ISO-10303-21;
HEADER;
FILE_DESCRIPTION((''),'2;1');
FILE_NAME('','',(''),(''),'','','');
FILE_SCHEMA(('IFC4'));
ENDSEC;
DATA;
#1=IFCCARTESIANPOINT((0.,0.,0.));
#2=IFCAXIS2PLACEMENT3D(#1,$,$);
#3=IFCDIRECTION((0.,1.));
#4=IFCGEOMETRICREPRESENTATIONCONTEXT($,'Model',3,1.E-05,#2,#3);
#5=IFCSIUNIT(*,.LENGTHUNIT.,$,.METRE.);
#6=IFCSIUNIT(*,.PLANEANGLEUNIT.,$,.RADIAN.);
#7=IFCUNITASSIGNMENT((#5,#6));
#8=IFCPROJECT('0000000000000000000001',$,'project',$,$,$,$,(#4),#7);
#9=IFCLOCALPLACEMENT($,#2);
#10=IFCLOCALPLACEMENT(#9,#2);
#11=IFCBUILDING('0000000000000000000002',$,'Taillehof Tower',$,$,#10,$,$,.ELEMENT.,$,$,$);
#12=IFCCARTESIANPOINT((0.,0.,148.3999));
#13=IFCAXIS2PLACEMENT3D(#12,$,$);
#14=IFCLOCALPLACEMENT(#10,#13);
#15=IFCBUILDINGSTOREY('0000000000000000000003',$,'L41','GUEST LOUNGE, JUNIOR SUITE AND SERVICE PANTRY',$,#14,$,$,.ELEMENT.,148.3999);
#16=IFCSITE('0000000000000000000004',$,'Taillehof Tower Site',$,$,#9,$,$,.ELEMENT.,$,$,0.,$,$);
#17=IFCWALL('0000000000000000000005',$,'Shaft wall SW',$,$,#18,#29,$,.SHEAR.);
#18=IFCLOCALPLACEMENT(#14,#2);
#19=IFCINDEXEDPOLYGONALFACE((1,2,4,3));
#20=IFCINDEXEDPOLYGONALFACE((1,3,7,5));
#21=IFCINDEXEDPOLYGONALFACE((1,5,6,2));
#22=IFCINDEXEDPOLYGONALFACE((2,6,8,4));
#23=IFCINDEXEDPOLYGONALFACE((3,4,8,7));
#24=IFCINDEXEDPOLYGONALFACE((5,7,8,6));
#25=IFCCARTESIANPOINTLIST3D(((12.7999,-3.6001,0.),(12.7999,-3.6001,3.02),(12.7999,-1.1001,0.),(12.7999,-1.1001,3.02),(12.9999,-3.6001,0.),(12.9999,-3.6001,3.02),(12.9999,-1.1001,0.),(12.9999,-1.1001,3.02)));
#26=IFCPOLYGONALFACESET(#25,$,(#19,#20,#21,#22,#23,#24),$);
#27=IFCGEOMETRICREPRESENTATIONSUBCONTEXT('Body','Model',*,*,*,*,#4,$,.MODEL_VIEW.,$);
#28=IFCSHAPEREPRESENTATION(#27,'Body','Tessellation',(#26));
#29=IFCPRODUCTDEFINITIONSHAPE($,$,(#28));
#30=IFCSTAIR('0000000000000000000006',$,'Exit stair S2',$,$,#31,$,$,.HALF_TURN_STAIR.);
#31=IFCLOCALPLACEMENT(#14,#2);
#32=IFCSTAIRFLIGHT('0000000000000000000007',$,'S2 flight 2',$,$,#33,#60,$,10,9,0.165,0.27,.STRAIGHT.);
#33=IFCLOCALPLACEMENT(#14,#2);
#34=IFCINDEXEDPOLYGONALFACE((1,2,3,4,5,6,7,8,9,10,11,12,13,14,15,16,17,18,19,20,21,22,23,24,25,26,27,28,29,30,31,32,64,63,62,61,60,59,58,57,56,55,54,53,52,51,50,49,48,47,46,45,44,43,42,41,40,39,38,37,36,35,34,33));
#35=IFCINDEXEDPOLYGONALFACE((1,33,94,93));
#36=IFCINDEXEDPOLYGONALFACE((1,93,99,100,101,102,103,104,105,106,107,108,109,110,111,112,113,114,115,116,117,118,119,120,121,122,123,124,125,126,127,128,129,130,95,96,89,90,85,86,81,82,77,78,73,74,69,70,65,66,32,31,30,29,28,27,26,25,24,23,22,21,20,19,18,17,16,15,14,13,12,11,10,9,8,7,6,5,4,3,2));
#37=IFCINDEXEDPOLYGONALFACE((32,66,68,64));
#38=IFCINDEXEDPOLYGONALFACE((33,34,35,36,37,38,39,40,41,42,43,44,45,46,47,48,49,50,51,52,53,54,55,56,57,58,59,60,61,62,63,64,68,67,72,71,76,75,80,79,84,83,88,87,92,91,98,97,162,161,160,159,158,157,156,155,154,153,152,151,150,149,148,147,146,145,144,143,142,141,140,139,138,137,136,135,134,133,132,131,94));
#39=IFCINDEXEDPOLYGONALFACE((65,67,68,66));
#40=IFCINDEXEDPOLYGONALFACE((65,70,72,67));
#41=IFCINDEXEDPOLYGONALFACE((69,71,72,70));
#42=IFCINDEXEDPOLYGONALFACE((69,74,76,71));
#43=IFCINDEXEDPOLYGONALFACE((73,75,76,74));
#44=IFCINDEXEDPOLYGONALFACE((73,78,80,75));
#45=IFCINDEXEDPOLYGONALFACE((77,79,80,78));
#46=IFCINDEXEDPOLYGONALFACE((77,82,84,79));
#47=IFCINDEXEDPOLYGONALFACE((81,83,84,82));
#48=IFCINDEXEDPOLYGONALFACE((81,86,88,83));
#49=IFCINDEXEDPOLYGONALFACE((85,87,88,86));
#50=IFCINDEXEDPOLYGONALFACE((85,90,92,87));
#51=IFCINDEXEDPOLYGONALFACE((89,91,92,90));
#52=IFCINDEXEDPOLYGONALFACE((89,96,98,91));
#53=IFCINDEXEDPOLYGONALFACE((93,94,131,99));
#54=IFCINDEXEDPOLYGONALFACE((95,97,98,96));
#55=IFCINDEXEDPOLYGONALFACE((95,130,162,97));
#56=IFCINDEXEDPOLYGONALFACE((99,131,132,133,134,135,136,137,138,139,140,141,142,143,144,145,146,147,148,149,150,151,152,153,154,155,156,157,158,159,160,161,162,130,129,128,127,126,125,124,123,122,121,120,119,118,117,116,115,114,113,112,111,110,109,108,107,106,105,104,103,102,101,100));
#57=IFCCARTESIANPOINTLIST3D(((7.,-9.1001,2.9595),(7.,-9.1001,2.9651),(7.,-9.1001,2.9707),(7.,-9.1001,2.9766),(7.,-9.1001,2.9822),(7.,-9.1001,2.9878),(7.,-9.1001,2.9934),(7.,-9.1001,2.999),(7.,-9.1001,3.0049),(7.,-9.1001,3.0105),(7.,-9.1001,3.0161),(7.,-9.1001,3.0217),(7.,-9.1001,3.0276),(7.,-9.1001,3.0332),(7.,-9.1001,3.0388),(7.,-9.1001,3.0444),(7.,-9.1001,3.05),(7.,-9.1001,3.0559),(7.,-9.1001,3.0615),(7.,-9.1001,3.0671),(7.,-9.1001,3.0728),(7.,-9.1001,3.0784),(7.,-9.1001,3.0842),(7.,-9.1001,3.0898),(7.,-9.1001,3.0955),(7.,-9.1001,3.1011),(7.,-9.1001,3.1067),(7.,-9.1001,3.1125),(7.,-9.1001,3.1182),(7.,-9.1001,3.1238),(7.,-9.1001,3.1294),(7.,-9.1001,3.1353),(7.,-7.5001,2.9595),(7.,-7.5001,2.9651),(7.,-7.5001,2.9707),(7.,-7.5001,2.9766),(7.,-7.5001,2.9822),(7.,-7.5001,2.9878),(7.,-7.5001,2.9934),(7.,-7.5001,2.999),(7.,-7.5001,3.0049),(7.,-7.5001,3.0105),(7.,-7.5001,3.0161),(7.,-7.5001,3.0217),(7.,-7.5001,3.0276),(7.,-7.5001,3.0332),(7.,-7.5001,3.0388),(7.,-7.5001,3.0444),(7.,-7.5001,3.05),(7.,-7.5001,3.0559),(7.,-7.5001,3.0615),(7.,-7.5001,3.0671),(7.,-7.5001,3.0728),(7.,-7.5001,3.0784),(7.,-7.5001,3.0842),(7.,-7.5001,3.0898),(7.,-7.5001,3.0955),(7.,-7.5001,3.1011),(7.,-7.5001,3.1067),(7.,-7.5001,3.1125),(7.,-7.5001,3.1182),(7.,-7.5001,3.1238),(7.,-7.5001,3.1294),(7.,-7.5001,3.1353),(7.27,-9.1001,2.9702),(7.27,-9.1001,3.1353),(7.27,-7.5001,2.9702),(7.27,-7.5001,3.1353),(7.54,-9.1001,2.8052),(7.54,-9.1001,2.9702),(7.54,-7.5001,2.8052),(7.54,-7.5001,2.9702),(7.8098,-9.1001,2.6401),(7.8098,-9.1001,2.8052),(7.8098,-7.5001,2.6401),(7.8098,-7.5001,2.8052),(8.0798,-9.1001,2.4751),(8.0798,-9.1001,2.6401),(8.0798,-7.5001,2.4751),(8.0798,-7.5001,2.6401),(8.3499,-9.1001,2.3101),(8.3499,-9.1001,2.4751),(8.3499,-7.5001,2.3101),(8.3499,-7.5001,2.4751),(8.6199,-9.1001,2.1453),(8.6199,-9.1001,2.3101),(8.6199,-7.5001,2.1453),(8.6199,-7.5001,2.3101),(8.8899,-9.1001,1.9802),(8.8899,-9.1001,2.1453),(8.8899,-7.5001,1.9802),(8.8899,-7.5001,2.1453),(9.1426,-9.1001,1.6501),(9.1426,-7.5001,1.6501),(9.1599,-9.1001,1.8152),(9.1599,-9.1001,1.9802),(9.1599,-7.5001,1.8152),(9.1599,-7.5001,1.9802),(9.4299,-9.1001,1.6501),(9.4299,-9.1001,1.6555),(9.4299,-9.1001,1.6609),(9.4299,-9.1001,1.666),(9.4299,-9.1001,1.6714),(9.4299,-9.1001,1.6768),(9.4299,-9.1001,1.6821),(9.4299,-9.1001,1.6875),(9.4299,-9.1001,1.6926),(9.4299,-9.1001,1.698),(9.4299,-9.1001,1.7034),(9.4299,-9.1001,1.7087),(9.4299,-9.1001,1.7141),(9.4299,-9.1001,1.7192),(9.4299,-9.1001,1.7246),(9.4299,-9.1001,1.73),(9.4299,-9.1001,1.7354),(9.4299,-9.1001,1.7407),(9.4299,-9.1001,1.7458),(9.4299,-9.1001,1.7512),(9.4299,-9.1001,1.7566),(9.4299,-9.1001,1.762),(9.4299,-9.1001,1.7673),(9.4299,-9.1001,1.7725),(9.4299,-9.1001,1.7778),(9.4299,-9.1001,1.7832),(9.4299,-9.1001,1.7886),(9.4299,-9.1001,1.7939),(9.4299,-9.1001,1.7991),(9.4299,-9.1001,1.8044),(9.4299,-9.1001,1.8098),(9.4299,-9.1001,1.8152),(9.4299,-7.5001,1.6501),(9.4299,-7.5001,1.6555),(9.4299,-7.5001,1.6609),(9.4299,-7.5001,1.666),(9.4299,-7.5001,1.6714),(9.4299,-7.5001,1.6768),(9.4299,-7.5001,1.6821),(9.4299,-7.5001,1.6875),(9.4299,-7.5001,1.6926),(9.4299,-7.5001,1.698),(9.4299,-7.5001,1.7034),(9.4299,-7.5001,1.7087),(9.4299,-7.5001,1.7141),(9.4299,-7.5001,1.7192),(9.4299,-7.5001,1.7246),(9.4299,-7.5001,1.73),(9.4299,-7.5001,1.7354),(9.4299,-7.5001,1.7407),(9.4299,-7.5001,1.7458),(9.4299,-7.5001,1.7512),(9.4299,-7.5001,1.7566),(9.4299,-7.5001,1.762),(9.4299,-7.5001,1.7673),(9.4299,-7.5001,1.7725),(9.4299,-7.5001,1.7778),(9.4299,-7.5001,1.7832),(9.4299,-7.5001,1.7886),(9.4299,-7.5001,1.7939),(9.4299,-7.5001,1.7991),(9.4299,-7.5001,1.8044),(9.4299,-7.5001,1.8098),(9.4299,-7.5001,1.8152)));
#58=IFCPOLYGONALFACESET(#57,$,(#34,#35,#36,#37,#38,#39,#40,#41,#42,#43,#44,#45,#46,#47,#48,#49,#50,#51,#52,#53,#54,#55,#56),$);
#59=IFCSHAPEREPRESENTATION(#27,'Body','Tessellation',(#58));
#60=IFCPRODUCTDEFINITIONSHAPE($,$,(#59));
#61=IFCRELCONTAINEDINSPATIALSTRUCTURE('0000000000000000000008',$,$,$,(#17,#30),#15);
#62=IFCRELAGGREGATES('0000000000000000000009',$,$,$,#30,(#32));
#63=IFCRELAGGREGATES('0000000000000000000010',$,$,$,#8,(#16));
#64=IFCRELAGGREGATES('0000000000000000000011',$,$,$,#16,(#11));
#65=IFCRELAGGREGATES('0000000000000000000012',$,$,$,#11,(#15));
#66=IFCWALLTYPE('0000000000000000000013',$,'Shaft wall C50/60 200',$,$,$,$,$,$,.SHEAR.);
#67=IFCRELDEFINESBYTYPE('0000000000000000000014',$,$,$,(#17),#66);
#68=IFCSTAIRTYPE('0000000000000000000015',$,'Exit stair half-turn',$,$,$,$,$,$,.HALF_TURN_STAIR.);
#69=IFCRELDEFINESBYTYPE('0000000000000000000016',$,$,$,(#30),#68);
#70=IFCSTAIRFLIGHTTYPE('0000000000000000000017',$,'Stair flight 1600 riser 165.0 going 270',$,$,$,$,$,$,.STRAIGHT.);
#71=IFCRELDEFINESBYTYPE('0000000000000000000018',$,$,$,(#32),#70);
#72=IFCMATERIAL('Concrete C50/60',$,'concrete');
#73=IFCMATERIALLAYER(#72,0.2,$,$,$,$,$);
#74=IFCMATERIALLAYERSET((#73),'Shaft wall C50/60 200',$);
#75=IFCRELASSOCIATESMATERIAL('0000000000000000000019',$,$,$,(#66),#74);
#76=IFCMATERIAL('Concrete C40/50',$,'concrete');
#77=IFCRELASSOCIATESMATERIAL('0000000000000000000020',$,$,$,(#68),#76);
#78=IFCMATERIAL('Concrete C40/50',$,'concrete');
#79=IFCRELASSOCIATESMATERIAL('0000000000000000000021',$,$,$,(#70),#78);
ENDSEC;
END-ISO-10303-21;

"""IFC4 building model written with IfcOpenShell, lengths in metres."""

from ifc_helpers import new_model, si_unit, direction, frame, frame_2d, origin, place, context, subcontext, project, spatial, polyline, rectangle, outline, extrude, material, layer, layer_set, type_object, element, aggregate, save


model = new_model("IFC4")

# Units and contexts
model_context = context("Model", 3, precision=1e-05, world=origin(), true_north=direction((0.0, 1.0)))
body_context = subcontext(model_context, "Body", "Model", "MODEL_VIEW")
ifc_project = project(units=[si_unit("LENGTHUNIT", "METRE"), si_unit("PLANEANGLEUNIT", "RADIAN")], contexts=[model_context])

# Site, building, storey
site_placement = place(None, origin())
site = spatial("IfcSite", under=ifc_project, at=site_placement, Name="Taillehof Tower Site", CompositionType="ELEMENT", RefElevation=0.0)
building_placement = place(site_placement, origin())
building = spatial("IfcBuilding", under=site, at=building_placement, Name="Taillehof Tower", CompositionType="ELEMENT")
storey_placement = place(building_placement, frame((0.0, 0.0, 148.3999)))
storey = spatial("IfcBuildingStorey", under=building, at=storey_placement, Name="L41", Description="GUEST LOUNGE, JUNIOR SUITE AND SERVICE PANTRY", CompositionType="ELEMENT", Elevation=148.3999)

# Wall
ifc_material_1 = material(Name="Concrete C50/60", Category="concrete")
ifc_layer_1 = layer(ifc_material_1, 0.2)
ifc_layer_set_1 = layer_set([ifc_layer_1], Name="Shaft wall C50/60 200")
wall_type_1 = type_object("IfcWallType", Name="Shaft wall C50/60 200", PredefinedType="SHEAR", material=ifc_layer_set_1)
for number, where, z_axis, x_axis, name in (
    (1, (12.8999, -3.6001, 0.0), (0.0, 0.0, 1.0), (0.0, 1.0, 0.0), "Shaft wall SW"),
):
    element("IfcWall", number, at=place(storey_placement, frame(where, z_axis=z_axis, x_axis=x_axis)), inside=storey, type_object=wall_type_1, Name=name, PredefinedType="SHEAR", context=body_context, shape_type="SweptSolid", body=[
        extrude(rectangle(XDim=2.5, YDim=0.2, at=frame_2d((1.25, 0.0))), origin(), (0.0, 0.0, 1.0), 3.02),
    ])

# Stair, stair flight
ifc_material_2 = material(Name="Concrete C40/50", Category="concrete")
stair_type = type_object("IfcStairType", Name="Exit stair half-turn", PredefinedType="HALF_TURN_STAIR", material=ifc_material_2)
stair_placement = place(storey_placement, origin())
stair = element("IfcStair", 2, at=stair_placement, inside=storey, type_object=stair_type, Name="Exit stair S2", PredefinedType="HALF_TURN_STAIR")
ifc_material_3 = material(Name="Concrete C40/50", Category="concrete")
stair_flight_type = type_object("IfcStairFlightType", Name="Stair flight 1600 riser 165.0 going 270", PredefinedType="STRAIGHT", material=ifc_material_3)
stair_flight_placement = place(storey_placement, frame((9.4299, -8.3, 1.6501), z_axis=(0.0, 0.0, 1.0), x_axis=(-1.0, 0.0, 0.0)))
stair_flight = element("IfcStairFlight", 3, at=stair_flight_placement, type_object=stair_flight_type, Name="S2 flight 2", NumberOfRisers=10, NumberOfTreads=9, PredefinedType="STRAIGHT", RiserHeight=0.165, TreadLength=0.27, context=body_context, shape_type="SweptSolid", body=[
    extrude(outline(polyline([(0.0, 0.0), (0.0, 0.0054), (0.0, 0.0107), (0.0, 0.0159), (0.0, 0.0212), (0.0, 0.0266), (0.0, 0.032), (0.0, 0.0374), (0.0, 0.0425), (0.0, 0.0479), (0.0, 0.0532), (0.0, 0.0586), (0.0, 0.064), (0.0, 0.0691), (0.0, 0.0745), (0.0, 0.0798), (0.0, 0.0852), (0.0, 0.0906), (0.0, 0.0957), (0.0, 0.1011), (0.0, 0.1064), (0.0, 0.1118), (0.0, 0.1172), (0.0, 0.1223), (0.0, 0.1277), (0.0, 0.1331), (0.0, 0.1384), (0.0, 0.1438), (0.0, 0.1489), (0.0, 0.1543), (0.0, 0.1597), (0.0, 0.165), (0.27, 0.165), (0.27, 0.3301), (0.54, 0.3301), (0.54, 0.4951), (0.8101, 0.4951), (0.8101, 0.6599), (1.0801, 0.6599), (1.0801, 0.825), (1.3501, 0.825), (1.3501, 0.99), (1.6201, 0.99), (1.6201, 1.155), (1.8899, 1.155), (1.8899, 1.3201), (2.1599, 1.3201), (2.1599, 1.4851), (2.4299, 1.4851), (2.4299, 1.4792), (2.4299, 1.4736), (2.4299, 1.468), (2.4299, 1.4624), (2.4299, 1.4565), (2.4299, 1.4509), (2.4299, 1.4453), (2.4299, 1.4397), (2.4299, 1.4341), (2.4299, 1.4282), (2.4299, 1.4226), (2.4299, 1.417), (2.4299, 1.4114), (2.4299, 1.4058), (2.4299, 1.3999), (2.4299, 1.3943), (2.4299, 1.3887), (2.4299, 1.3831), (2.4299, 1.3774), (2.4299, 1.3716), (2.4299, 1.366), (2.4299, 1.3604), (2.4299, 1.3547), (2.4299, 1.3489), (2.4299, 1.3433), (2.4299, 1.3376), (2.4299, 1.332), (2.4299, 1.3264), (2.4299, 1.3206), (2.4299, 1.3149), (2.4299, 1.3093), (0.2874, 0.0), (0.0, 0.0)])), frame((0.0, 0.8, 0.0), z_axis=(0.0, -1.0, 0.0), x_axis=(1.0, 0.0, 0.0)), (0.0, 0.0, 1.0), 1.6),
])
aggregate(stair, [stair_flight])

save(model, "model.ifc")
